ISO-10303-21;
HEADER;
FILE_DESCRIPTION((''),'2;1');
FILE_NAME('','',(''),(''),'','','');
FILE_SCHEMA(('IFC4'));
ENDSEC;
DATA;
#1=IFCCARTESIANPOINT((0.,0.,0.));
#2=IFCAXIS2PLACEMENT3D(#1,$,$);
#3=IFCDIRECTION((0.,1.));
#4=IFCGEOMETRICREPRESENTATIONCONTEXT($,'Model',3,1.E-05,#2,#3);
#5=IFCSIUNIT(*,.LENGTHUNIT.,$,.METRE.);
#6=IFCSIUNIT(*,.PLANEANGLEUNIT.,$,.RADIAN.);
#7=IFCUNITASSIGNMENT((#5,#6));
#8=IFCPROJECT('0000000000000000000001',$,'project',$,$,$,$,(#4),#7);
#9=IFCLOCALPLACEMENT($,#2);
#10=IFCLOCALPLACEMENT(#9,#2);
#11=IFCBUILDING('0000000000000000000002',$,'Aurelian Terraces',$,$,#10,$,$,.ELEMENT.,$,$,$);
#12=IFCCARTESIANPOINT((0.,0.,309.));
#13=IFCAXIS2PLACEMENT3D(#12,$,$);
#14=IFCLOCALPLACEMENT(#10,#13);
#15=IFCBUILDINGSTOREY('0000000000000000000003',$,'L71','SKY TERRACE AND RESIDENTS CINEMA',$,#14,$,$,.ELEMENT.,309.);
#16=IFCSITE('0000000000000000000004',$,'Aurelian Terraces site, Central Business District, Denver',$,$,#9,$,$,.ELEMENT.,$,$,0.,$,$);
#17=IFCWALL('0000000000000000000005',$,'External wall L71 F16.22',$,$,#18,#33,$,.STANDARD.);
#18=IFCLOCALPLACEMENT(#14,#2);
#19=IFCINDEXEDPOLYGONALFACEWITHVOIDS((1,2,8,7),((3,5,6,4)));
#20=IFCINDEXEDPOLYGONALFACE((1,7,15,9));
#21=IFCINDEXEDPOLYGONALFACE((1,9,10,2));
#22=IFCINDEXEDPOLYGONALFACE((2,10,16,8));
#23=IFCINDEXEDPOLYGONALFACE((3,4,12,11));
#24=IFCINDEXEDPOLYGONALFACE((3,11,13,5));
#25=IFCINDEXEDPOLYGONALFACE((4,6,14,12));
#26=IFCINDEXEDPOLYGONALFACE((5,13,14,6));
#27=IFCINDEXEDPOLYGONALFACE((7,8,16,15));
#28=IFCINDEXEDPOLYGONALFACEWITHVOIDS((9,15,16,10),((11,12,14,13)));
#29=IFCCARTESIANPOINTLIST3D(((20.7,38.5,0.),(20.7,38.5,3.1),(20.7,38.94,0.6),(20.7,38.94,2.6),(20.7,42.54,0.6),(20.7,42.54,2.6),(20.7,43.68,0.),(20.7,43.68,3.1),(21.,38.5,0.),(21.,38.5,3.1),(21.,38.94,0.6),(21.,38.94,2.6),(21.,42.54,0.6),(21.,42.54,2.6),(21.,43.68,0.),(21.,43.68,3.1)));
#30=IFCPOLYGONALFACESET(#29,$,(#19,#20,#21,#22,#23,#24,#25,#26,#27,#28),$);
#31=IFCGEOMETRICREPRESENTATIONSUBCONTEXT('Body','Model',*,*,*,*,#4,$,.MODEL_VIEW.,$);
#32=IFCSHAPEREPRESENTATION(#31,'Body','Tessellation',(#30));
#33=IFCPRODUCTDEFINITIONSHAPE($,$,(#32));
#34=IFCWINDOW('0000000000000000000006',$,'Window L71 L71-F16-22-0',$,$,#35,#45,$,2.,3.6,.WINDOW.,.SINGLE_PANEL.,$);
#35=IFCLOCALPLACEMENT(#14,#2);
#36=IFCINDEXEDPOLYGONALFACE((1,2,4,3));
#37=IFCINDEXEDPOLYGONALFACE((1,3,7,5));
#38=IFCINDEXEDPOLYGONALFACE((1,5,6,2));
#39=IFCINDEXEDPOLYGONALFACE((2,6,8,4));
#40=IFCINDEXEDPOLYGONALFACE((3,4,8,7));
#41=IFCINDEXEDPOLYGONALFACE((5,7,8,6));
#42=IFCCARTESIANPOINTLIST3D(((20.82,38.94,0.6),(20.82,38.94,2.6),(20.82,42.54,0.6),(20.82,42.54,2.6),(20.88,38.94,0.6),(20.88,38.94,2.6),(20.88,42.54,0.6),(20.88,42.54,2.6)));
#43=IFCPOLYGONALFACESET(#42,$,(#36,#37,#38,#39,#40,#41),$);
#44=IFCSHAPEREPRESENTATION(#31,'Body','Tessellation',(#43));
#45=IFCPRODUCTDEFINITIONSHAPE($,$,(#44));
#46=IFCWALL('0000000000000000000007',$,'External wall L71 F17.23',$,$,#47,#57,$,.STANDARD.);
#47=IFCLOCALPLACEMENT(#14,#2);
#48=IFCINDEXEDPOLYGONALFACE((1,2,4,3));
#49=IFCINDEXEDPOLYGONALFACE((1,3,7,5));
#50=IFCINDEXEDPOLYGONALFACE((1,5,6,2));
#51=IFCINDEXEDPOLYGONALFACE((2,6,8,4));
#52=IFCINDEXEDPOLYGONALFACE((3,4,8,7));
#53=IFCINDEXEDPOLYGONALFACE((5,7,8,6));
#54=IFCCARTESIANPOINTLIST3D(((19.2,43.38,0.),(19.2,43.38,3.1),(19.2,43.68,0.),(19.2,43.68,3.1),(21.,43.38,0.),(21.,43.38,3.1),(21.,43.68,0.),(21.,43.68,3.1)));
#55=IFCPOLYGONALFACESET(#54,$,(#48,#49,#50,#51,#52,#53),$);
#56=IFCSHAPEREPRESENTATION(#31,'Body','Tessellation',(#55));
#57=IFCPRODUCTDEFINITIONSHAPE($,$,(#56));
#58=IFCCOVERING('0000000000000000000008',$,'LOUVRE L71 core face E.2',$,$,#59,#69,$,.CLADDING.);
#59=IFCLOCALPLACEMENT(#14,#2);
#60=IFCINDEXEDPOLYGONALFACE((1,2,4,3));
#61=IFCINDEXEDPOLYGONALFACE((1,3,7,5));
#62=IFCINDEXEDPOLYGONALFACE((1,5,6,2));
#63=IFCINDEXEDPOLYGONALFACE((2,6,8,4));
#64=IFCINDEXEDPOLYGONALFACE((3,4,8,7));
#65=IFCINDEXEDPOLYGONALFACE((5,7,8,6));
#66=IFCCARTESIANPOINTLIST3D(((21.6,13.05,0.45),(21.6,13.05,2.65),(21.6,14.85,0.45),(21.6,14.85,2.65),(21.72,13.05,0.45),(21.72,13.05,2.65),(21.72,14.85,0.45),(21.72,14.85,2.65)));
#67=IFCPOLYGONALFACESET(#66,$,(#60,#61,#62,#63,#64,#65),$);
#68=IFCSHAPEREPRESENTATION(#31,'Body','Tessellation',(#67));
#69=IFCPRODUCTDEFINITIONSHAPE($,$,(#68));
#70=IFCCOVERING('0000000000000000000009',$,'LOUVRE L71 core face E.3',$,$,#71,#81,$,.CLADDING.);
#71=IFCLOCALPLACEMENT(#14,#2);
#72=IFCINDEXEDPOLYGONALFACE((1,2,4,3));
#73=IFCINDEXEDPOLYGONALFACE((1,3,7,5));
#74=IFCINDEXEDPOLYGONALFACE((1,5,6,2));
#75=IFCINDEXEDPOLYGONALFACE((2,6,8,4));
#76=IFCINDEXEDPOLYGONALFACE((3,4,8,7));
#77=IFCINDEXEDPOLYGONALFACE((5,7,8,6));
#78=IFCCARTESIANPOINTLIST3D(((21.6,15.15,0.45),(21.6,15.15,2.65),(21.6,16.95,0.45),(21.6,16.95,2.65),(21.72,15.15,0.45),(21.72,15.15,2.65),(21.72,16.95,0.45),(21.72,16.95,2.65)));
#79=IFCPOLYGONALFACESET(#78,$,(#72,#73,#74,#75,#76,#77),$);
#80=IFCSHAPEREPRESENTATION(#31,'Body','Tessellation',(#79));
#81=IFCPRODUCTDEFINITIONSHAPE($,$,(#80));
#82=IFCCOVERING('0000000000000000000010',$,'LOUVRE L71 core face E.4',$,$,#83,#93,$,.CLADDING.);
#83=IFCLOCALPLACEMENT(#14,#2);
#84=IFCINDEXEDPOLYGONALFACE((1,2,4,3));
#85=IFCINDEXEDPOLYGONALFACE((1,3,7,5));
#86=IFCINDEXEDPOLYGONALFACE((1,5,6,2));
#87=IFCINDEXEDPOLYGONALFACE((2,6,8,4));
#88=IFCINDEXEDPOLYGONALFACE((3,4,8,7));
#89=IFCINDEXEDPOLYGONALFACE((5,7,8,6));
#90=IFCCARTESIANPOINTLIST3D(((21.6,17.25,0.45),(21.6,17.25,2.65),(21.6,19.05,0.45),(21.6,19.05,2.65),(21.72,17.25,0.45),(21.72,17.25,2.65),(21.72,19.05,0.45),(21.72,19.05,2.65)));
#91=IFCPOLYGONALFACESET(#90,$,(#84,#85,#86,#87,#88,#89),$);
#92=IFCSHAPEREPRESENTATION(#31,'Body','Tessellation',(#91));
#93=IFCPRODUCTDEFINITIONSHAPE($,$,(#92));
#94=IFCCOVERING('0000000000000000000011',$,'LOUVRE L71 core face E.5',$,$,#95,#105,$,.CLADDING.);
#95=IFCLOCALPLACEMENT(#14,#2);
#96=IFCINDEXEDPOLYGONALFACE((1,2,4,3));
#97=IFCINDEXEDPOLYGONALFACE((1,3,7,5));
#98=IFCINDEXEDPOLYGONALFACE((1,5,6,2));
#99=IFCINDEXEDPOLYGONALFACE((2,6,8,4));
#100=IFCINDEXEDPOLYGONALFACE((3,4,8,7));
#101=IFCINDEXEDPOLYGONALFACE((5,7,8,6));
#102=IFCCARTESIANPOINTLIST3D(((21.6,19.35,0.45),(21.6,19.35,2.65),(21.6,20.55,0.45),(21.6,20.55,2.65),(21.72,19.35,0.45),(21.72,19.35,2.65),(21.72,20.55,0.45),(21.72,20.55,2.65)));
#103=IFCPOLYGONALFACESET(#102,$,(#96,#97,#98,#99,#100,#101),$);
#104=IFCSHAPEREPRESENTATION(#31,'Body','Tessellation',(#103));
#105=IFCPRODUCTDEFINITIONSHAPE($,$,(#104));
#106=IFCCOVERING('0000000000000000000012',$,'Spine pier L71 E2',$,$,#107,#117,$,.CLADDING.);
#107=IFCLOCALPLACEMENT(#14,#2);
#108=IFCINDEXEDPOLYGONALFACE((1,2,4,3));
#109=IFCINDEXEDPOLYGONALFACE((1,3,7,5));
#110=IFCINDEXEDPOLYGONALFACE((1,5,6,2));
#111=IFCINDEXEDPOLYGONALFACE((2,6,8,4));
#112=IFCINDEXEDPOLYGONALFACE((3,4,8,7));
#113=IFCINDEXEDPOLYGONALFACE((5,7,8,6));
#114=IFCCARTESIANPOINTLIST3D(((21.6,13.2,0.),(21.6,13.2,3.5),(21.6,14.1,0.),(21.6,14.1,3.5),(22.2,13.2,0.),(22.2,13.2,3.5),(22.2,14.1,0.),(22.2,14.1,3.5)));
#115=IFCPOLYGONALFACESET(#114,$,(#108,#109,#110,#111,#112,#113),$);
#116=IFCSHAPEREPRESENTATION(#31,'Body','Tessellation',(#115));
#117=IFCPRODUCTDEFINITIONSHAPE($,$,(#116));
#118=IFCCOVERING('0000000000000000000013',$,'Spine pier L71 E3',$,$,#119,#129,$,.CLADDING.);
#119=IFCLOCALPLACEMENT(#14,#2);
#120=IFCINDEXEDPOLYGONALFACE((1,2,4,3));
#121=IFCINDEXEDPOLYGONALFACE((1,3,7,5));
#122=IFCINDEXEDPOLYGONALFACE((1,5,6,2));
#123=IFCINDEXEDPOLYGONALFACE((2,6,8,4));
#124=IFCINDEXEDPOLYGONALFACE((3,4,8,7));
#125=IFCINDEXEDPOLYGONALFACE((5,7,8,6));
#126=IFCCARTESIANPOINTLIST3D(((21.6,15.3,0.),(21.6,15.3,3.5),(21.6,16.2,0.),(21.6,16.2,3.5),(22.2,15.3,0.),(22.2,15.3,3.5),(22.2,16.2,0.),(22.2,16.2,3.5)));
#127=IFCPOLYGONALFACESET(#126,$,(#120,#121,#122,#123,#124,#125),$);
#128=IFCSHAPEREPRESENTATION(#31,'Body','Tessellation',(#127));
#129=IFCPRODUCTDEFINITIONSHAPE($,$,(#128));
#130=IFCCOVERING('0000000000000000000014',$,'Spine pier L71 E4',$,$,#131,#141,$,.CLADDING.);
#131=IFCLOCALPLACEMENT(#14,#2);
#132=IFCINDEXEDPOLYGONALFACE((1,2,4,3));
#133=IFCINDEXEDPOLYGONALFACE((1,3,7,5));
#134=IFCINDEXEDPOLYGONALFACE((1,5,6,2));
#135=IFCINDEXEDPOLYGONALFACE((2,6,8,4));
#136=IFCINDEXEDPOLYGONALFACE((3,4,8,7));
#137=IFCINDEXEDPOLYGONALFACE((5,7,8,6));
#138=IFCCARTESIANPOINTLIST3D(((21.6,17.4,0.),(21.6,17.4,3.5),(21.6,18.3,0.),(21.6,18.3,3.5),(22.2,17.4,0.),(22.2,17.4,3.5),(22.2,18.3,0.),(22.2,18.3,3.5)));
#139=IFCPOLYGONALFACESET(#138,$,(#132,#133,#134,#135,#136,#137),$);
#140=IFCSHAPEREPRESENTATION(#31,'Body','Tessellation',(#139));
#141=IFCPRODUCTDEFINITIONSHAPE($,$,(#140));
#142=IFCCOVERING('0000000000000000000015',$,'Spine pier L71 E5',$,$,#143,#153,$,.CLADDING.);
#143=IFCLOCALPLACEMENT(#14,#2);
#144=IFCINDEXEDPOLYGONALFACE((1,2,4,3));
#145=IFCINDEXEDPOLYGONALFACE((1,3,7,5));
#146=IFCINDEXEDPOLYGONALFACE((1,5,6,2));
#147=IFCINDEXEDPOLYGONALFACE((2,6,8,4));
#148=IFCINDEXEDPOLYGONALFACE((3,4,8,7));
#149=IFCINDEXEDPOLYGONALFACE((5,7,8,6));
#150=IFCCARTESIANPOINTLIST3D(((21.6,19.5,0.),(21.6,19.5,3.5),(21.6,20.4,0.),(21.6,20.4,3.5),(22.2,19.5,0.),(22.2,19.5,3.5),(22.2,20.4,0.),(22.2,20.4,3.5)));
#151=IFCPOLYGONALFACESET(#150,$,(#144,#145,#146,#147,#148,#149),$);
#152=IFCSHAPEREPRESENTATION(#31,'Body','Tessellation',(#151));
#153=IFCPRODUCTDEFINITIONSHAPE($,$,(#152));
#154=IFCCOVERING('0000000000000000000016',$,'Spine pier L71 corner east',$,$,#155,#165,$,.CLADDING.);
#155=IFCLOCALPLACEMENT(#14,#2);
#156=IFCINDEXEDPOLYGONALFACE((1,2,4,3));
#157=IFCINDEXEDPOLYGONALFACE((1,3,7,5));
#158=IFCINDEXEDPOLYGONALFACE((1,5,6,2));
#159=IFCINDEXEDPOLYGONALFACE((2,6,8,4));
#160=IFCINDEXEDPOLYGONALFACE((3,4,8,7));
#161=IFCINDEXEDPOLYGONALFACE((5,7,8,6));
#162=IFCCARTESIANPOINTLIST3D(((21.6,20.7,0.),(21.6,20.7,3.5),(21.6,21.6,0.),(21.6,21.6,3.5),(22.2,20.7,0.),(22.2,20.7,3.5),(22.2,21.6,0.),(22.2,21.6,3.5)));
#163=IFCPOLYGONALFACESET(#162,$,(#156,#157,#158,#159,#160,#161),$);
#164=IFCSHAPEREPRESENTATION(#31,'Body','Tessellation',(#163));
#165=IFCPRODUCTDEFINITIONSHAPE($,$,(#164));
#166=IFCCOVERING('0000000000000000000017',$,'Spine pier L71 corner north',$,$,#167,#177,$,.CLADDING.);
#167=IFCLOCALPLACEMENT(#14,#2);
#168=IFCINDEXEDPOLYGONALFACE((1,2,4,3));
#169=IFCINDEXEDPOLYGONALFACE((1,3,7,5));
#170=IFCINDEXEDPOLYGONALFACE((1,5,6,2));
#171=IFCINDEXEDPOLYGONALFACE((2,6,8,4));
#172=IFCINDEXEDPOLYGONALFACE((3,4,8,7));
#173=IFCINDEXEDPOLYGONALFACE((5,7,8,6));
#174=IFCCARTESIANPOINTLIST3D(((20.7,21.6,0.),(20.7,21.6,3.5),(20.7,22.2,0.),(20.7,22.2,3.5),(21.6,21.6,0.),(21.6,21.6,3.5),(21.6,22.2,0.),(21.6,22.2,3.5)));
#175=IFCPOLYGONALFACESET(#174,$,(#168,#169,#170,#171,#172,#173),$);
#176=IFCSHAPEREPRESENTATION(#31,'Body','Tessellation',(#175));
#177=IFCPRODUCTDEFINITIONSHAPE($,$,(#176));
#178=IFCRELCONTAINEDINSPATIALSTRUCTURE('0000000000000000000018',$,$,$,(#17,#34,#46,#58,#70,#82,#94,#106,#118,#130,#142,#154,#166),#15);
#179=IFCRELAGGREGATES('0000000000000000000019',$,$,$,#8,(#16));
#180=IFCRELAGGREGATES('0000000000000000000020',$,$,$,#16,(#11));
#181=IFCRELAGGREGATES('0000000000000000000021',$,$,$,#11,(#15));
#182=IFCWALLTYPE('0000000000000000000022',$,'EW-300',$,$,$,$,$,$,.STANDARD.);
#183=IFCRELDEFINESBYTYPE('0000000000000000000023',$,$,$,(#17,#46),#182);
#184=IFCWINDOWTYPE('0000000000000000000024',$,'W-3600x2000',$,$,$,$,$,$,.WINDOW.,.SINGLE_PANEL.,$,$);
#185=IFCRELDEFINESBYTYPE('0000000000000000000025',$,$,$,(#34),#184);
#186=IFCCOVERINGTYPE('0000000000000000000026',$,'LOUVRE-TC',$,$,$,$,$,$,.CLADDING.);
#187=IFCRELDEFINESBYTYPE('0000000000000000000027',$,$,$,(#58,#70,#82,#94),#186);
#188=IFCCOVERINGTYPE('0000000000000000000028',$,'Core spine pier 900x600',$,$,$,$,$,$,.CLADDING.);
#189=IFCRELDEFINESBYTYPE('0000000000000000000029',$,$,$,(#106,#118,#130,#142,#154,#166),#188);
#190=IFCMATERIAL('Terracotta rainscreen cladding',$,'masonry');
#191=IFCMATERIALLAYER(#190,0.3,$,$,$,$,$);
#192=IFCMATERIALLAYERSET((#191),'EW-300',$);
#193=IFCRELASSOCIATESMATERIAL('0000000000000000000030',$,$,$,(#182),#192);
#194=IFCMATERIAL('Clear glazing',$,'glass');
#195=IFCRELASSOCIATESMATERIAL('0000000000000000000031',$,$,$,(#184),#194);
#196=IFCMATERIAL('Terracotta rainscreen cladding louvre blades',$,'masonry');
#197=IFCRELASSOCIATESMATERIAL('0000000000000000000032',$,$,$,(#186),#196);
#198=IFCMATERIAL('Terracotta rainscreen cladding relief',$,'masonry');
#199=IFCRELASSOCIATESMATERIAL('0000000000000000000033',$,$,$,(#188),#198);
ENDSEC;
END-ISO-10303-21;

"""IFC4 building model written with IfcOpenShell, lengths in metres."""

from ifc_helpers import new_model, si_unit, direction, frame, frame_2d, origin, origin_2d, place, context, subcontext, project, spatial, rectangle, extrude, source, transform, mapped, material, layer, layer_set, type_object, element, fill, save


model = new_model("IFC4")

# Units and contexts
model_context = context("Model", 3, precision=1e-05, world=origin(), true_north=direction((0.0, 1.0)))
body_context = subcontext(model_context, "Body", "Model", "MODEL_VIEW")
ifc_project = project(units=[si_unit("LENGTHUNIT", "METRE"), si_unit("PLANEANGLEUNIT", "RADIAN")], contexts=[model_context])

# Site, building, storey
site_placement = place(None, origin())
site = spatial("IfcSite", under=ifc_project, at=site_placement, Name="Aurelian Terraces site, Central Business District, Denver", CompositionType="ELEMENT", RefElevation=0.0)
building_placement = place(site_placement, origin())
building = spatial("IfcBuilding", under=site, at=building_placement, Name="Aurelian Terraces", CompositionType="ELEMENT")
storey_placement = place(building_placement, frame((0.0, 0.0, 309.0)))
storey = spatial("IfcBuildingStorey", under=building, at=storey_placement, Name="L71", Description="SKY TERRACE AND RESIDENTS CINEMA", CompositionType="ELEMENT", Elevation=309.0)

# Wall, opening, window
ifc_material_1 = material(Name="Terracotta rainscreen cladding", Category="masonry")
ifc_layer = layer(ifc_material_1, 0.3)
ifc_layer_set = layer_set([ifc_layer], Name="EW-300")
wall_type = type_object("IfcWallType", Name="EW-300", PredefinedType="STANDARD", material=ifc_layer_set)
wall_1_placement = place(storey_placement, frame((20.85, 38.5, 0.0), z_axis=(0.0, 0.0, 1.0), x_axis=(0.0, 1.0, 0.0)))
wall_1 = element("IfcWall", 1, at=wall_1_placement, inside=storey, type_object=wall_type, Name="External wall L71 F16.22", PredefinedType="STANDARD", context=body_context, shape_type="SweptSolid", body=[
    extrude(rectangle(XDim=5.18, YDim=0.3, at=frame_2d((2.59, 0.0))), origin(), (0.0, 0.0, 1.0), 3.1),
])
shared_shape_1 = source(origin(), body_context, "Body", "SweptSolid", [
    extrude(rectangle(XDim=3.6, YDim=2.0, at=frame_2d((1.8, 1.0))), frame((0.0, 0.16, 0.0), z_axis=(0.0, -1.0, 0.0), x_axis=(1.0, 0.0, 0.0)), (0.0, 0.0, 1.0), 0.32),
])
opening_placement = place(wall_1_placement, frame((0.44, 0.0, 0.6)))
opening = element("IfcOpeningElement", 2, at=opening_placement, cuts=wall_1, PredefinedType="OPENING", context=body_context, shape_type="MappedRepresentation", body=[
    mapped(shared_shape_1, transform((0.0, 0.0, 0.0), scale=1.0)),
])
ifc_material_2 = material(Name="Clear glazing", Category="glass")
window_type = type_object("IfcWindowType", Name="W-3600x2000", PartitioningType="SINGLE_PANEL", PredefinedType="WINDOW", material=ifc_material_2)
shared_shape_2 = source(origin(), body_context, "Body", "SweptSolid", [
    extrude(rectangle(XDim=3.6, YDim=2.0, at=frame_2d((1.8, 1.0))), frame((0.0, 0.03, 0.0), z_axis=(0.0, -1.0, 0.0), x_axis=(1.0, 0.0, 0.0)), (0.0, 0.0, 1.0), 0.06),
])
window_placement = place(opening_placement, origin())
window = element("IfcWindow", 3, at=window_placement, inside=storey, type_object=window_type, Name="Window L71 L71-F16-22-0", OverallHeight=2.0, OverallWidth=3.6, PartitioningType="SINGLE_PANEL", PredefinedType="WINDOW", context=body_context, shape_type="MappedRepresentation", body=[
    mapped(shared_shape_2, transform((0.0, 0.0, 0.0), scale=1.0)),
])
fill(opening, window)

# Wall
shared_shape_3 = source(origin(), body_context, "Body", "SweptSolid", [
    extrude(rectangle(XDim=1.8, YDim=0.3, at=frame_2d((0.9, 0.0))), origin(), (0.0, 0.0, 1.0), 3.1),
])
wall_2_placement = place(storey_placement, frame((21.0, 43.53, 0.0), z_axis=(0.0, 0.0, 1.0), x_axis=(-1.0, 0.0, 0.0)))
element("IfcWall", 4, at=wall_2_placement, inside=storey, type_object=wall_type, Name="External wall L71 F17.23", PredefinedType="STANDARD", context=body_context, shape_type="MappedRepresentation", body=[
    mapped(shared_shape_3, transform((0.0, 0.0, 0.0), scale=1.0)),
])

# Coverings
ifc_material_3 = material(Name="Terracotta rainscreen cladding louvre blades", Category="masonry")
covering_type_1 = type_object("IfcCoveringType", Name="LOUVRE-TC", PredefinedType="CLADDING", material=ifc_material_3)
shared_shape_4 = source(origin(), body_context, "Body", "SweptSolid", [
    extrude(rectangle(XDim=0.12, YDim=1.8, at=origin_2d()), origin(), (0.0, 0.0, 1.0), 2.2),
])
for number, where, z_axis, x_axis, name in (
    (5, (21.66, 13.95, 0.45), (0.0, 0.0, 1.0), (1.0, 0.0, 0.0), "LOUVRE L71 core face E.2"),
    (6, (21.66, 16.05, 0.45), (0.0, 0.0, 1.0), (1.0, 0.0, 0.0), "LOUVRE L71 core face E.3"),
    (7, (21.66, 18.15, 0.45), (0.0, 0.0, 1.0), (1.0, 0.0, 0.0), "LOUVRE L71 core face E.4"),
):
    element("IfcCovering", number, at=place(storey_placement, frame(where, z_axis=z_axis, x_axis=x_axis)), inside=storey, type_object=covering_type_1, Name=name, PredefinedType="CLADDING", context=body_context, shape_type="MappedRepresentation", body=[
        mapped(shared_shape_4, transform((0.0, 0.0, 0.0), scale=1.0)),
    ])
shared_shape_5 = source(origin(), body_context, "Body", "SweptSolid", [
    extrude(rectangle(XDim=0.12, YDim=1.2, at=origin_2d()), origin(), (0.0, 0.0, 1.0), 2.2),
])
covering_1_placement = place(storey_placement, frame((21.66, 19.95, 0.45), z_axis=(0.0, 0.0, 1.0), x_axis=(1.0, 0.0, 0.0)))
element("IfcCovering", 8, at=covering_1_placement, inside=storey, type_object=covering_type_1, Name="LOUVRE L71 core face E.5", PredefinedType="CLADDING", context=body_context, shape_type="MappedRepresentation", body=[
    mapped(shared_shape_5, transform((0.0, 0.0, 0.0), scale=1.0)),
])
ifc_material_4 = material(Name="Terracotta rainscreen cladding relief", Category="masonry")
covering_type_2 = type_object("IfcCoveringType", Name="Core spine pier 900x600", PredefinedType="CLADDING", material=ifc_material_4)
shared_shape_6 = source(origin(), body_context, "Body", "SweptSolid", [
    extrude(rectangle(XDim=0.6, YDim=0.9, at=origin_2d()), origin(), (0.0, 0.0, 1.0), 3.5),
])
for number, where, z_axis, x_axis, name in (
    (9, (21.9, 13.65, 0.0), (0.0, 0.0, 1.0), (1.0, 0.0, 0.0), "Spine pier L71 E2"),
    (10, (21.9, 15.75, 0.0), (0.0, 0.0, 1.0), (1.0, 0.0, 0.0), "Spine pier L71 E3"),
    (11, (21.9, 17.85, 0.0), (0.0, 0.0, 1.0), (1.0, 0.0, 0.0), "Spine pier L71 E4"),
    (12, (21.9, 19.95, 0.0), (0.0, 0.0, 1.0), (1.0, 0.0, 0.0), "Spine pier L71 E5"),
    (13, (21.9, 21.15, 0.0), (0.0, 0.0, 1.0), (1.0, 0.0, 0.0), "Spine pier L71 corner east"),
):
    element("IfcCovering", number, at=place(storey_placement, frame(where, z_axis=z_axis, x_axis=x_axis)), inside=storey, type_object=covering_type_2, Name=name, PredefinedType="CLADDING", context=body_context, shape_type="MappedRepresentation", body=[
        mapped(shared_shape_6, transform((0.0, 0.0, 0.0), scale=1.0)),
    ])
shared_shape_7 = source(origin(), body_context, "Body", "SweptSolid", [
    extrude(rectangle(XDim=0.9, YDim=0.6, at=origin_2d()), origin(), (0.0, 0.0, 1.0), 3.5),
])
covering_2_placement = place(storey_placement, frame((21.15, 21.9, 0.0), z_axis=(0.0, 0.0, 1.0), x_axis=(1.0, 0.0, 0.0)))
element("IfcCovering", 14, at=covering_2_placement, inside=storey, type_object=covering_type_2, Name="Spine pier L71 corner north", PredefinedType="CLADDING", context=body_context, shape_type="MappedRepresentation", body=[
    mapped(shared_shape_7, transform((0.0, 0.0, 0.0), scale=1.0)),
])

save(model, "model.ifc")
